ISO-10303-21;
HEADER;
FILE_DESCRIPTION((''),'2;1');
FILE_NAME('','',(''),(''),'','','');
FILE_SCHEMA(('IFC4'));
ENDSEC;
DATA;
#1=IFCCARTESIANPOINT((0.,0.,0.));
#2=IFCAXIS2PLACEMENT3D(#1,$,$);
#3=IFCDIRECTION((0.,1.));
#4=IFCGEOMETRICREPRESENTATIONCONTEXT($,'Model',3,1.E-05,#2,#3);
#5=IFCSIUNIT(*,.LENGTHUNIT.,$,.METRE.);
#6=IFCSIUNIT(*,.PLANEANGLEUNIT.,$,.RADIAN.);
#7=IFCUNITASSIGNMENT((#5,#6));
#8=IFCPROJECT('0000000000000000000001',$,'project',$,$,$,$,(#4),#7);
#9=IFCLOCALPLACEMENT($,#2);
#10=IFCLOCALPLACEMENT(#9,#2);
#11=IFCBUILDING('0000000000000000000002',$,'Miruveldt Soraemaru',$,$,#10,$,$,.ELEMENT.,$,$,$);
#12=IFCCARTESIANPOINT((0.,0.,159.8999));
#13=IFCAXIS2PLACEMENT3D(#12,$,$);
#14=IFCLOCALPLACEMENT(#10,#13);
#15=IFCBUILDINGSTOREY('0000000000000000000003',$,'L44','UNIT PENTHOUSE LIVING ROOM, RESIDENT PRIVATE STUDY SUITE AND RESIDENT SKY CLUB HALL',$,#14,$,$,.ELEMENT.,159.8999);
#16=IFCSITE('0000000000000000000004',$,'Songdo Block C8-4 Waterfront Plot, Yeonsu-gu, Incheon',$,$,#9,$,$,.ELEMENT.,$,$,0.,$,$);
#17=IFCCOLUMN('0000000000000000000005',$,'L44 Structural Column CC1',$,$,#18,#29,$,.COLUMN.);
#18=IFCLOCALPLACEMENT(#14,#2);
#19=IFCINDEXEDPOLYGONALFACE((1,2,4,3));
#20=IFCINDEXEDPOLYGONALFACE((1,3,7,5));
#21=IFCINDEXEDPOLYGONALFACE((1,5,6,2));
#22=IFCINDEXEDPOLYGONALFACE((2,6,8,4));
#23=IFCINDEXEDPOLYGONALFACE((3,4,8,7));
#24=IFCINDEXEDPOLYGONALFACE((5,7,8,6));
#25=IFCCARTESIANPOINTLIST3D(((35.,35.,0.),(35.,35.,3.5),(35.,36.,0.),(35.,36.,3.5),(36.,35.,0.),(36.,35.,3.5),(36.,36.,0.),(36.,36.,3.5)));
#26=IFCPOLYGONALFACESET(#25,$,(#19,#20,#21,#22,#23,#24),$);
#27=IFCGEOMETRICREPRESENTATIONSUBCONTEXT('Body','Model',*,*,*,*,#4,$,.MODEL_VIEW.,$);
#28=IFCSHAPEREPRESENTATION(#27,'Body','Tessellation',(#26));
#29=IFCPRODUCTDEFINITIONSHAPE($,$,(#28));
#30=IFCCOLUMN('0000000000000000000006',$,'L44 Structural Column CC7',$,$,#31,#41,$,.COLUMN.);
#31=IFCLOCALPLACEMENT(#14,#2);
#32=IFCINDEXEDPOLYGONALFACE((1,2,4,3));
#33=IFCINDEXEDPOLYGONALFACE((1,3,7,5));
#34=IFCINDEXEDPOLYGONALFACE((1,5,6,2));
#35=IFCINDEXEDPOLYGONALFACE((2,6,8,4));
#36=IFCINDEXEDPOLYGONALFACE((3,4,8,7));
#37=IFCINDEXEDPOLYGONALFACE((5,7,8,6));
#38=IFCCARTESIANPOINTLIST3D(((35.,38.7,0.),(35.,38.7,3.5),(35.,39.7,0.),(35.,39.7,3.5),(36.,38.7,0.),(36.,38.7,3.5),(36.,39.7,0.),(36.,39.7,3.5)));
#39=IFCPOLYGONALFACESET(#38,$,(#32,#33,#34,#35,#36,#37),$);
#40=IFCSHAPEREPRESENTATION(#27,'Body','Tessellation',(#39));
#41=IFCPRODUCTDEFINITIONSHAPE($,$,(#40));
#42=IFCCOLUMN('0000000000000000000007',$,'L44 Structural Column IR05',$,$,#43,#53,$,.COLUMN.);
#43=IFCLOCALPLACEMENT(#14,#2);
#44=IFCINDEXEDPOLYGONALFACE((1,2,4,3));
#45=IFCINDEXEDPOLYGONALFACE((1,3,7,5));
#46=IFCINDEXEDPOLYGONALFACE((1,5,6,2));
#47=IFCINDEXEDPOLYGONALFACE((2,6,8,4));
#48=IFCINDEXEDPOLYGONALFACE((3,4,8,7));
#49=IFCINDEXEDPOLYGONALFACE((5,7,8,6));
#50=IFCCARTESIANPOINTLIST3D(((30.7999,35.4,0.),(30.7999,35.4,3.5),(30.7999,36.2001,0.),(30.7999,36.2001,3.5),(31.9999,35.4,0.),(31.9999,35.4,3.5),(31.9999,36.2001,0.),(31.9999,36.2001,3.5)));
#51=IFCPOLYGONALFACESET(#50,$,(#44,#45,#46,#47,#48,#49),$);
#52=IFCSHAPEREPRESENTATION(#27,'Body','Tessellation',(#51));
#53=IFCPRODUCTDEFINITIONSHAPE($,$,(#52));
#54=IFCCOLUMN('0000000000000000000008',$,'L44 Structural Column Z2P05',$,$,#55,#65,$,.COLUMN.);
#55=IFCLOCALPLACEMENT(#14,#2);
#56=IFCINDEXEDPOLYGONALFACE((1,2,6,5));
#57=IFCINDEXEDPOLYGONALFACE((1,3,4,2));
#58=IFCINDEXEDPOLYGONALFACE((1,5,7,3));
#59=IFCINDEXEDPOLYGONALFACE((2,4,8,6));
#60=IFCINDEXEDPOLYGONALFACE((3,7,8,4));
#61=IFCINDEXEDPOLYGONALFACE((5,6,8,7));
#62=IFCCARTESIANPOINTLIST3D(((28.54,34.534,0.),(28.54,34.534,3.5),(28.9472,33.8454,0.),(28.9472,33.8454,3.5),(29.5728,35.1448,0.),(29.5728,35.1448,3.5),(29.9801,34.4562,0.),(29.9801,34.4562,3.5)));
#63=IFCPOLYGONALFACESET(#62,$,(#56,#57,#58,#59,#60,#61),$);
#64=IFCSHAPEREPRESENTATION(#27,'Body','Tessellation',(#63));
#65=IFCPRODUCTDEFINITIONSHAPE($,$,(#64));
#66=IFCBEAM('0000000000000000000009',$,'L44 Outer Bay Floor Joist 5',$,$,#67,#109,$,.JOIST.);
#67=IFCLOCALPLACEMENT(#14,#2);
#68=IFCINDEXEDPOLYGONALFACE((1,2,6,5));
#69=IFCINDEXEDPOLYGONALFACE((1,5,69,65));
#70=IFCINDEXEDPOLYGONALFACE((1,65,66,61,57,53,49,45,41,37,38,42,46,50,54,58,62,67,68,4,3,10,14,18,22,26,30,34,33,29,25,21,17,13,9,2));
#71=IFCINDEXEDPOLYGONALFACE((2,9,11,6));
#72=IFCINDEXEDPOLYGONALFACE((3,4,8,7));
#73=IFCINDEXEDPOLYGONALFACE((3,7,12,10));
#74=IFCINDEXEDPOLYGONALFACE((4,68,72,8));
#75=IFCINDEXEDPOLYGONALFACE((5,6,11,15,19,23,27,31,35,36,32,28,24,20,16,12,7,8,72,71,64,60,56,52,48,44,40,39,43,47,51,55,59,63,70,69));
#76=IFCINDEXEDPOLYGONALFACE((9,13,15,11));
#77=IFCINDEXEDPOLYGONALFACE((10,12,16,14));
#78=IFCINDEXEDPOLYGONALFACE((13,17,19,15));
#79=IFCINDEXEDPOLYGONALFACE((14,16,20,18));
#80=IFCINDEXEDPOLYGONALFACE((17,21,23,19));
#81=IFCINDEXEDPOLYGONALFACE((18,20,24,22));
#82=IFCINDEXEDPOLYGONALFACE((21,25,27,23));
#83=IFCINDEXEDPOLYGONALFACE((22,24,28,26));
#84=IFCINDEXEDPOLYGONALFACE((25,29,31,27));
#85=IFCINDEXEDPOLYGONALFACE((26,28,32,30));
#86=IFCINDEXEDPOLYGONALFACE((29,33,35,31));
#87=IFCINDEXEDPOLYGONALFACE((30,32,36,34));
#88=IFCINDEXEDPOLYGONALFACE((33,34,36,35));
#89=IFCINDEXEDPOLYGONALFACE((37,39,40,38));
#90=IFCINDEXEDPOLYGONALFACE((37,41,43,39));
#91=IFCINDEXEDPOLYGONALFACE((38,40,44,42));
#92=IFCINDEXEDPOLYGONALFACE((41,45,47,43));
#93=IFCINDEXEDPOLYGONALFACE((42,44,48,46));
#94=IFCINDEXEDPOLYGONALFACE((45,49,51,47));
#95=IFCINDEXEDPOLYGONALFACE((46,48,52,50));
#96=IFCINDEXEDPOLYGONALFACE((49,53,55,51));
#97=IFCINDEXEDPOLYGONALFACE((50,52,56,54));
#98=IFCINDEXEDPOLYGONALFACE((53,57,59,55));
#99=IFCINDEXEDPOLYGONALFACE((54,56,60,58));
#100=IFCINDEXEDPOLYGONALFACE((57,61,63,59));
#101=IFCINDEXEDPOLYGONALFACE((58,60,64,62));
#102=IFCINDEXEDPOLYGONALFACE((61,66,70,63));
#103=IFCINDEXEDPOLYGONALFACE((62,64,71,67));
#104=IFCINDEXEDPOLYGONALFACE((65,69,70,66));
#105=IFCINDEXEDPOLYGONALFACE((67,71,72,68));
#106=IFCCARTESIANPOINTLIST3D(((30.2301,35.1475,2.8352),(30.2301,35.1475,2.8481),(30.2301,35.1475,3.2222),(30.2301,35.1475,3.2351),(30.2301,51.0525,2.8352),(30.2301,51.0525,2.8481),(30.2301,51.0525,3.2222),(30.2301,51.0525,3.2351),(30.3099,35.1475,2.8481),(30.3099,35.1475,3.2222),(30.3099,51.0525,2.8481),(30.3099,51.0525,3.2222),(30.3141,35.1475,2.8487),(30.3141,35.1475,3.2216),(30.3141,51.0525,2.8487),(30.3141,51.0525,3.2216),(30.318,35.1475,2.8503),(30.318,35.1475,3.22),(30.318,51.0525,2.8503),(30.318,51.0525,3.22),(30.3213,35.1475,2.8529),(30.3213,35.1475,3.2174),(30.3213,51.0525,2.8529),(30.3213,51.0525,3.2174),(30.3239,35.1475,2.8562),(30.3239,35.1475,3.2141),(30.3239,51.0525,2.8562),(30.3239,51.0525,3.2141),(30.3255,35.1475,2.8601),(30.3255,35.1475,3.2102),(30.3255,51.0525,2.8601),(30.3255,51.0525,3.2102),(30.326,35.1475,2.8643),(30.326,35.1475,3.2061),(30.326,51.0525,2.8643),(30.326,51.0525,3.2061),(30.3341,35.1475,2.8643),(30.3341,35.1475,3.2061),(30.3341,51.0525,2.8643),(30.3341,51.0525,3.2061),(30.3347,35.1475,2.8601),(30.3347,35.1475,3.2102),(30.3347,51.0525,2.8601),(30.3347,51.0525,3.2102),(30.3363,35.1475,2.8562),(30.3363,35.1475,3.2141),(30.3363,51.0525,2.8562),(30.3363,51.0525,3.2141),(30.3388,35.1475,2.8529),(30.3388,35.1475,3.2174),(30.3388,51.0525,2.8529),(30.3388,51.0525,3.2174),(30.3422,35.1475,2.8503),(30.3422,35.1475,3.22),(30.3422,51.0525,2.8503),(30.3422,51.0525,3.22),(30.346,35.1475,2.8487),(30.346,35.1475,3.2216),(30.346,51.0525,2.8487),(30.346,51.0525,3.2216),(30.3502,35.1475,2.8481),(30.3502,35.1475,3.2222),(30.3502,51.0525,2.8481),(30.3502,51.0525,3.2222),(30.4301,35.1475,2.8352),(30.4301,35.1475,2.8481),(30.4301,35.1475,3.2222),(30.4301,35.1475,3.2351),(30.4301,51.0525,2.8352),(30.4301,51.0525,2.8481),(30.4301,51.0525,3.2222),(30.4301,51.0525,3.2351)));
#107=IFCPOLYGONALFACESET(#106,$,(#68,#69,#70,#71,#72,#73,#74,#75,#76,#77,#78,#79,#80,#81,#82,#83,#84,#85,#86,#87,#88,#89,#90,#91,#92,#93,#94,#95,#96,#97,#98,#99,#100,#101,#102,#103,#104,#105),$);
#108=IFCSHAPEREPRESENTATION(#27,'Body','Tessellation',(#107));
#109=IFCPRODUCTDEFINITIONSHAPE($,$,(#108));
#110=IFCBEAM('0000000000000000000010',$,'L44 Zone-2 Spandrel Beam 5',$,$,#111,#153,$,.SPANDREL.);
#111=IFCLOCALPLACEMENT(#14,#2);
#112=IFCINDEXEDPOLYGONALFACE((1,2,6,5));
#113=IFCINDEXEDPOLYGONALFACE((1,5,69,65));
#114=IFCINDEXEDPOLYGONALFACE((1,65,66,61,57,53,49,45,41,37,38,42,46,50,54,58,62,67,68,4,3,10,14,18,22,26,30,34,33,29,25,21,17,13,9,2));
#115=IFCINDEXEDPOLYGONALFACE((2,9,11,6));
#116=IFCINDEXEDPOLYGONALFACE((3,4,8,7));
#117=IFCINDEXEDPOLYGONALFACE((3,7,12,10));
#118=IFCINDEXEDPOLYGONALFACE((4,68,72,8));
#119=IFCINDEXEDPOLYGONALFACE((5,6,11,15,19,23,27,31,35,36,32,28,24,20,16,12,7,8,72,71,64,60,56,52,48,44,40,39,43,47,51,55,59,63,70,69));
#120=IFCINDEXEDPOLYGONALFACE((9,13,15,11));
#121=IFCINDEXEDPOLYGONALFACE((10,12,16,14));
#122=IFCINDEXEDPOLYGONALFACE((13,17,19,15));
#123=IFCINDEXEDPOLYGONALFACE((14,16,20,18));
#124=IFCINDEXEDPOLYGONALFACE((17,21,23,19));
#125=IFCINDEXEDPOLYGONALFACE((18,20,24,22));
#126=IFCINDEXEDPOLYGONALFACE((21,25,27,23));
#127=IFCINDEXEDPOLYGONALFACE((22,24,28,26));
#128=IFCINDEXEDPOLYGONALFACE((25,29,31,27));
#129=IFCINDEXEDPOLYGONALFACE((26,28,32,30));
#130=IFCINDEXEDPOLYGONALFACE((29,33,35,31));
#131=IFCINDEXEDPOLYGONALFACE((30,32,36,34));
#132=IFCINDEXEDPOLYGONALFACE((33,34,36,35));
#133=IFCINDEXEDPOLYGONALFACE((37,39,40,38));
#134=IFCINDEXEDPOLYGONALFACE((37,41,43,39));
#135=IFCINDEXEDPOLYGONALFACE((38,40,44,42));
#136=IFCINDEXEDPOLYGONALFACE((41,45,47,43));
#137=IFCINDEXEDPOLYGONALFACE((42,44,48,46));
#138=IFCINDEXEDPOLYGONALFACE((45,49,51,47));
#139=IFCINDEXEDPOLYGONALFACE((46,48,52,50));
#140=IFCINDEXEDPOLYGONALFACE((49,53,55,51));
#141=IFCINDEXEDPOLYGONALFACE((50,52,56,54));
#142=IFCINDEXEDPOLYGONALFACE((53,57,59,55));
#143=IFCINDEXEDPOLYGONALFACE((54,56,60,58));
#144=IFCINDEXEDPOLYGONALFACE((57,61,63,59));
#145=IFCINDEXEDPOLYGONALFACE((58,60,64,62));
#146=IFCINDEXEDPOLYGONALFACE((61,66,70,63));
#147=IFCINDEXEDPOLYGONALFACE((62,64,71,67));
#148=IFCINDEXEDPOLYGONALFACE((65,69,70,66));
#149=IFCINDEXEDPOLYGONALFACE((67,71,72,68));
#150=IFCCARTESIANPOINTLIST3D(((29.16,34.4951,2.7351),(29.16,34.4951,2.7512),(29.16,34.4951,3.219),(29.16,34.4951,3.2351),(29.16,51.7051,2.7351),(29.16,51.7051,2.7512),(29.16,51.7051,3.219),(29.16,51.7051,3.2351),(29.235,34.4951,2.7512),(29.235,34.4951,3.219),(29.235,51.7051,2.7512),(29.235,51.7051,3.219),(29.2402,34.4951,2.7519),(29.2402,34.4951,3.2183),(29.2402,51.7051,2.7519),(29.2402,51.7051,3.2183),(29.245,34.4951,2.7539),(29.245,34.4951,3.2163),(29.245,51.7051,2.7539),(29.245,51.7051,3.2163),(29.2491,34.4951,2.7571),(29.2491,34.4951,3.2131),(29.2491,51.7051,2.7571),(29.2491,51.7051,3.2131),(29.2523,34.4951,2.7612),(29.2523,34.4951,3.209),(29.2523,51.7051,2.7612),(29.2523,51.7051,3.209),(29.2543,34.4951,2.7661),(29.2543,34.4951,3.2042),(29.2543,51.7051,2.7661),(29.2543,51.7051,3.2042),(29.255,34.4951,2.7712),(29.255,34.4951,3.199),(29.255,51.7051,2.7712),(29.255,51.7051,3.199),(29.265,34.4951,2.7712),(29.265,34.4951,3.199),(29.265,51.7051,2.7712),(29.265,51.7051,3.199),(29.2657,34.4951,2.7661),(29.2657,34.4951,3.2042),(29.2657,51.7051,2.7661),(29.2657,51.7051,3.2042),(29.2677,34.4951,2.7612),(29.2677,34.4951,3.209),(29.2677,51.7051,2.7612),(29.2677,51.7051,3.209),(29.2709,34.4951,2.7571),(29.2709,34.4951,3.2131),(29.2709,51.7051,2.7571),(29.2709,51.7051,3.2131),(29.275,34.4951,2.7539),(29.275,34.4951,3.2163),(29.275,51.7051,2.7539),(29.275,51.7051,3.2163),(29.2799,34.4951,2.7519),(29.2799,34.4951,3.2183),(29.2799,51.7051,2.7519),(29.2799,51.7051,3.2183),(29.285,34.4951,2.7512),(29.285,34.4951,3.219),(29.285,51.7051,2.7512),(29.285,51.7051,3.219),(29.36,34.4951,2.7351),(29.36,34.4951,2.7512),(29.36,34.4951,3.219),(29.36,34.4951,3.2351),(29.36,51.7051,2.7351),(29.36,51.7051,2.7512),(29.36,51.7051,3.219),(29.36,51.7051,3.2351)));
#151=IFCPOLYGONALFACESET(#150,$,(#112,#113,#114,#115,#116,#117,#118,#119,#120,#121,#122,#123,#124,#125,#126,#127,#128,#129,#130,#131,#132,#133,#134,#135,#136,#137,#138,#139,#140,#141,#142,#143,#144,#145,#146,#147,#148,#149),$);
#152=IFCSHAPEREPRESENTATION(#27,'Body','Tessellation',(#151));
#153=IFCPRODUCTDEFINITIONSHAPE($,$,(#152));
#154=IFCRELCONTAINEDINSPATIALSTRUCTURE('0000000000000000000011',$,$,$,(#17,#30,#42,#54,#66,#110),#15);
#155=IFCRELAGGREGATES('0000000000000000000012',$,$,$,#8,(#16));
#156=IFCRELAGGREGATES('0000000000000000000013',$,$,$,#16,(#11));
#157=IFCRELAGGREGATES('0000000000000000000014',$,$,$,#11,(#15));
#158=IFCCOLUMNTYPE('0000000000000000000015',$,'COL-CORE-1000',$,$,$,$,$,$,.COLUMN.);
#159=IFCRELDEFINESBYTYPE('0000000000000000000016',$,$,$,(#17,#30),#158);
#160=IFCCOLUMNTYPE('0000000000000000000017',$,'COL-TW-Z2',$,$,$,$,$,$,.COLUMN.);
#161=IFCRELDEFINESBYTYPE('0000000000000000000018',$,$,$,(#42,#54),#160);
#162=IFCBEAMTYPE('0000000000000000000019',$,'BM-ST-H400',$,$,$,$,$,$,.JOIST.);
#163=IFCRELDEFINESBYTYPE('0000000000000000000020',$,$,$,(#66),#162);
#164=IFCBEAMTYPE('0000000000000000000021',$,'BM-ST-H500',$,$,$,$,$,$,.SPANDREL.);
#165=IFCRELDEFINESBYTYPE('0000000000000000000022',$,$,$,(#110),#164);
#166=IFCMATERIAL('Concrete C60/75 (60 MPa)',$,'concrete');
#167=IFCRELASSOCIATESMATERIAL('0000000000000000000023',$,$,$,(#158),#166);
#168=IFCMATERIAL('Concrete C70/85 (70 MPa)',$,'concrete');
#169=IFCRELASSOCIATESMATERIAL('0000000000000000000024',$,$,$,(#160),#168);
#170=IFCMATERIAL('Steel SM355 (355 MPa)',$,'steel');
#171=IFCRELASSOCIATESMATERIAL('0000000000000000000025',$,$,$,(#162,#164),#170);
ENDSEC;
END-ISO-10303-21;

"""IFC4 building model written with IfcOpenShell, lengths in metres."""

from ifc_helpers import new_model, si_unit, direction, frame, origin, origin_2d, place, context, subcontext, project, spatial, rectangle, i_section, extrude, material, material_profile, profile_set, type_object, element, save


model = new_model("IFC4")

# Units and contexts
model_context = context("Model", 3, precision=1e-05, world=origin(), true_north=direction((0.0, 1.0)))
body_context = subcontext(model_context, "Body", "Model", "MODEL_VIEW")
ifc_project = project(units=[si_unit("LENGTHUNIT", "METRE"), si_unit("PLANEANGLEUNIT", "RADIAN")], contexts=[model_context])

# Site, building, storey
site_placement = place(None, origin())
site = spatial("IfcSite", under=ifc_project, at=site_placement, Name="Songdo Block C8-4 Waterfront Plot, Yeonsu-gu, Incheon", CompositionType="ELEMENT", RefElevation=0.0)
building_placement = place(site_placement, origin())
building = spatial("IfcBuilding", under=site, at=building_placement, Name="Miruveldt Soraemaru", CompositionType="ELEMENT")
storey_placement = place(building_placement, frame((0.0, 0.0, 159.8999)))
storey = spatial("IfcBuildingStorey", under=building, at=storey_placement, Name="L44", Description="UNIT PENTHOUSE LIVING ROOM, RESIDENT PRIVATE STUDY SUITE AND RESIDENT SKY CLUB HALL", CompositionType="ELEMENT", Elevation=159.8999)

# Columns
ifc_material_1 = material(Name="Concrete C60/75 (60 MPa)", Category="concrete")
ifc_material_profile_1 = material_profile(ifc_material_1, rectangle(XDim=1.0, YDim=1.0, at=origin_2d()), Name="Concrete C60/75 (60 MPa)", Category="concrete")
ifc_profile_set_1 = profile_set([ifc_material_profile_1], Name="Concrete C60/75 (60 MPa)")
column_type_1 = type_object("IfcColumnType", Name="COL-CORE-1000", PredefinedType="COLUMN", material=ifc_profile_set_1)
for number, where, z_axis, x_axis, name in (
    (1, (35.5, 35.5, 0.0), (0.0, 0.0, 1.0), (1.0, 0.0, 0.0), "L44 Structural Column CC1"),
    (2, (35.5, 39.2, 0.0), (0.0, 0.0, 1.0), (1.0, 0.0, 0.0), "L44 Structural Column CC7"),
):
    element("IfcColumn", number, at=place(storey_placement, frame(where, z_axis=z_axis, x_axis=x_axis)), inside=storey, type_object=column_type_1, Name=name, PredefinedType="COLUMN", context=body_context, shape_type="SweptSolid", body=[
        extrude(rectangle(XDim=1.0, YDim=1.0, at=origin_2d()), origin(), (0.0, 0.0, 1.0), 3.5),
    ])
ifc_material_2 = material(Name="Concrete C70/85 (70 MPa)", Category="concrete")
ifc_material_profile_2 = material_profile(ifc_material_2, rectangle(XDim=1.2, YDim=0.8, at=origin_2d()), Name="Concrete C70/85 (70 MPa)", Category="concrete")
ifc_profile_set_2 = profile_set([ifc_material_profile_2], Name="Concrete C70/85 (70 MPa)")
column_type_2 = type_object("IfcColumnType", Name="COL-TW-Z2", PredefinedType="COLUMN", material=ifc_profile_set_2)
for number, where, z_axis, x_axis, name in (
    (3, (31.3999, 35.8, 0.0), (0.0, 0.0, 1.0), (1.0, 0.0, 0.0), "L44 Structural Column IR05"),
    (4, (29.26, 34.4951, 0.0), (0.0, 0.0, 1.0), (0.860742, 0.509041, 0.0), "L44 Structural Column Z2P05"),
):
    element("IfcColumn", number, at=place(storey_placement, frame(where, z_axis=z_axis, x_axis=x_axis)), inside=storey, type_object=column_type_2, Name=name, PredefinedType="COLUMN", context=body_context, shape_type="SweptSolid", body=[
        extrude(rectangle(XDim=1.2, YDim=0.8, at=origin_2d()), origin(), (0.0, 0.0, 1.0), 3.5),
    ])

# Beams
ifc_material_3 = material(Name="Steel SM355 (355 MPa)", Category="steel")
ifc_material_profile_3 = material_profile(ifc_material_3, i_section(OverallWidth=0.2, OverallDepth=0.3999, WebThickness=0.0081, FlangeThickness=0.0129, FilletRadius=0.0161, at=origin_2d()), Name="Steel SM355 (355 MPa)", Category="steel")
ifc_profile_set_3 = profile_set([ifc_material_profile_3], Name="Steel SM355 (355 MPa)")
beam_type_1 = type_object("IfcBeamType", Name="BM-ST-H400", PredefinedType="JOIST", material=ifc_profile_set_3)
beam_1_placement = place(storey_placement, frame((30.3301, 35.1475, 3.0352), z_axis=(0.0, 1.0, 0.0), x_axis=(-1.0, 0.0, 0.0)))
element("IfcBeam", 5, at=beam_1_placement, inside=storey, type_object=beam_type_1, Name="L44 Outer Bay Floor Joist 5", PredefinedType="JOIST", context=body_context, shape_type="SweptSolid", body=[
    extrude(i_section(OverallWidth=0.2, OverallDepth=0.3999, WebThickness=0.0081, FlangeThickness=0.0129, FilletRadius=0.0161, at=origin_2d()), origin(), (0.0, 0.0, 1.0), 15.905),
])
ifc_material_profile_4 = material_profile(ifc_material_3, i_section(OverallWidth=0.2, OverallDepth=0.5, WebThickness=0.01, FlangeThickness=0.0161, FilletRadius=0.02, at=origin_2d()), Name="Steel SM355 (355 MPa)", Category="steel")
ifc_profile_set_4 = profile_set([ifc_material_profile_4], Name="Steel SM355 (355 MPa)")
beam_type_2 = type_object("IfcBeamType", Name="BM-ST-H500", PredefinedType="SPANDREL", material=ifc_profile_set_4)
beam_2_placement = place(storey_placement, frame((29.26, 34.4951, 2.9851), z_axis=(0.0, 1.0, 0.0), x_axis=(-1.0, 0.0, 0.0)))
element("IfcBeam", 6, at=beam_2_placement, inside=storey, type_object=beam_type_2, Name="L44 Zone-2 Spandrel Beam 5", PredefinedType="SPANDREL", context=body_context, shape_type="SweptSolid", body=[
    extrude(i_section(OverallWidth=0.2, OverallDepth=0.5, WebThickness=0.01, FlangeThickness=0.0161, FilletRadius=0.02, at=origin_2d()), origin(), (0.0, 0.0, 1.0), 17.21),
])

save(model, "model.ifc")
